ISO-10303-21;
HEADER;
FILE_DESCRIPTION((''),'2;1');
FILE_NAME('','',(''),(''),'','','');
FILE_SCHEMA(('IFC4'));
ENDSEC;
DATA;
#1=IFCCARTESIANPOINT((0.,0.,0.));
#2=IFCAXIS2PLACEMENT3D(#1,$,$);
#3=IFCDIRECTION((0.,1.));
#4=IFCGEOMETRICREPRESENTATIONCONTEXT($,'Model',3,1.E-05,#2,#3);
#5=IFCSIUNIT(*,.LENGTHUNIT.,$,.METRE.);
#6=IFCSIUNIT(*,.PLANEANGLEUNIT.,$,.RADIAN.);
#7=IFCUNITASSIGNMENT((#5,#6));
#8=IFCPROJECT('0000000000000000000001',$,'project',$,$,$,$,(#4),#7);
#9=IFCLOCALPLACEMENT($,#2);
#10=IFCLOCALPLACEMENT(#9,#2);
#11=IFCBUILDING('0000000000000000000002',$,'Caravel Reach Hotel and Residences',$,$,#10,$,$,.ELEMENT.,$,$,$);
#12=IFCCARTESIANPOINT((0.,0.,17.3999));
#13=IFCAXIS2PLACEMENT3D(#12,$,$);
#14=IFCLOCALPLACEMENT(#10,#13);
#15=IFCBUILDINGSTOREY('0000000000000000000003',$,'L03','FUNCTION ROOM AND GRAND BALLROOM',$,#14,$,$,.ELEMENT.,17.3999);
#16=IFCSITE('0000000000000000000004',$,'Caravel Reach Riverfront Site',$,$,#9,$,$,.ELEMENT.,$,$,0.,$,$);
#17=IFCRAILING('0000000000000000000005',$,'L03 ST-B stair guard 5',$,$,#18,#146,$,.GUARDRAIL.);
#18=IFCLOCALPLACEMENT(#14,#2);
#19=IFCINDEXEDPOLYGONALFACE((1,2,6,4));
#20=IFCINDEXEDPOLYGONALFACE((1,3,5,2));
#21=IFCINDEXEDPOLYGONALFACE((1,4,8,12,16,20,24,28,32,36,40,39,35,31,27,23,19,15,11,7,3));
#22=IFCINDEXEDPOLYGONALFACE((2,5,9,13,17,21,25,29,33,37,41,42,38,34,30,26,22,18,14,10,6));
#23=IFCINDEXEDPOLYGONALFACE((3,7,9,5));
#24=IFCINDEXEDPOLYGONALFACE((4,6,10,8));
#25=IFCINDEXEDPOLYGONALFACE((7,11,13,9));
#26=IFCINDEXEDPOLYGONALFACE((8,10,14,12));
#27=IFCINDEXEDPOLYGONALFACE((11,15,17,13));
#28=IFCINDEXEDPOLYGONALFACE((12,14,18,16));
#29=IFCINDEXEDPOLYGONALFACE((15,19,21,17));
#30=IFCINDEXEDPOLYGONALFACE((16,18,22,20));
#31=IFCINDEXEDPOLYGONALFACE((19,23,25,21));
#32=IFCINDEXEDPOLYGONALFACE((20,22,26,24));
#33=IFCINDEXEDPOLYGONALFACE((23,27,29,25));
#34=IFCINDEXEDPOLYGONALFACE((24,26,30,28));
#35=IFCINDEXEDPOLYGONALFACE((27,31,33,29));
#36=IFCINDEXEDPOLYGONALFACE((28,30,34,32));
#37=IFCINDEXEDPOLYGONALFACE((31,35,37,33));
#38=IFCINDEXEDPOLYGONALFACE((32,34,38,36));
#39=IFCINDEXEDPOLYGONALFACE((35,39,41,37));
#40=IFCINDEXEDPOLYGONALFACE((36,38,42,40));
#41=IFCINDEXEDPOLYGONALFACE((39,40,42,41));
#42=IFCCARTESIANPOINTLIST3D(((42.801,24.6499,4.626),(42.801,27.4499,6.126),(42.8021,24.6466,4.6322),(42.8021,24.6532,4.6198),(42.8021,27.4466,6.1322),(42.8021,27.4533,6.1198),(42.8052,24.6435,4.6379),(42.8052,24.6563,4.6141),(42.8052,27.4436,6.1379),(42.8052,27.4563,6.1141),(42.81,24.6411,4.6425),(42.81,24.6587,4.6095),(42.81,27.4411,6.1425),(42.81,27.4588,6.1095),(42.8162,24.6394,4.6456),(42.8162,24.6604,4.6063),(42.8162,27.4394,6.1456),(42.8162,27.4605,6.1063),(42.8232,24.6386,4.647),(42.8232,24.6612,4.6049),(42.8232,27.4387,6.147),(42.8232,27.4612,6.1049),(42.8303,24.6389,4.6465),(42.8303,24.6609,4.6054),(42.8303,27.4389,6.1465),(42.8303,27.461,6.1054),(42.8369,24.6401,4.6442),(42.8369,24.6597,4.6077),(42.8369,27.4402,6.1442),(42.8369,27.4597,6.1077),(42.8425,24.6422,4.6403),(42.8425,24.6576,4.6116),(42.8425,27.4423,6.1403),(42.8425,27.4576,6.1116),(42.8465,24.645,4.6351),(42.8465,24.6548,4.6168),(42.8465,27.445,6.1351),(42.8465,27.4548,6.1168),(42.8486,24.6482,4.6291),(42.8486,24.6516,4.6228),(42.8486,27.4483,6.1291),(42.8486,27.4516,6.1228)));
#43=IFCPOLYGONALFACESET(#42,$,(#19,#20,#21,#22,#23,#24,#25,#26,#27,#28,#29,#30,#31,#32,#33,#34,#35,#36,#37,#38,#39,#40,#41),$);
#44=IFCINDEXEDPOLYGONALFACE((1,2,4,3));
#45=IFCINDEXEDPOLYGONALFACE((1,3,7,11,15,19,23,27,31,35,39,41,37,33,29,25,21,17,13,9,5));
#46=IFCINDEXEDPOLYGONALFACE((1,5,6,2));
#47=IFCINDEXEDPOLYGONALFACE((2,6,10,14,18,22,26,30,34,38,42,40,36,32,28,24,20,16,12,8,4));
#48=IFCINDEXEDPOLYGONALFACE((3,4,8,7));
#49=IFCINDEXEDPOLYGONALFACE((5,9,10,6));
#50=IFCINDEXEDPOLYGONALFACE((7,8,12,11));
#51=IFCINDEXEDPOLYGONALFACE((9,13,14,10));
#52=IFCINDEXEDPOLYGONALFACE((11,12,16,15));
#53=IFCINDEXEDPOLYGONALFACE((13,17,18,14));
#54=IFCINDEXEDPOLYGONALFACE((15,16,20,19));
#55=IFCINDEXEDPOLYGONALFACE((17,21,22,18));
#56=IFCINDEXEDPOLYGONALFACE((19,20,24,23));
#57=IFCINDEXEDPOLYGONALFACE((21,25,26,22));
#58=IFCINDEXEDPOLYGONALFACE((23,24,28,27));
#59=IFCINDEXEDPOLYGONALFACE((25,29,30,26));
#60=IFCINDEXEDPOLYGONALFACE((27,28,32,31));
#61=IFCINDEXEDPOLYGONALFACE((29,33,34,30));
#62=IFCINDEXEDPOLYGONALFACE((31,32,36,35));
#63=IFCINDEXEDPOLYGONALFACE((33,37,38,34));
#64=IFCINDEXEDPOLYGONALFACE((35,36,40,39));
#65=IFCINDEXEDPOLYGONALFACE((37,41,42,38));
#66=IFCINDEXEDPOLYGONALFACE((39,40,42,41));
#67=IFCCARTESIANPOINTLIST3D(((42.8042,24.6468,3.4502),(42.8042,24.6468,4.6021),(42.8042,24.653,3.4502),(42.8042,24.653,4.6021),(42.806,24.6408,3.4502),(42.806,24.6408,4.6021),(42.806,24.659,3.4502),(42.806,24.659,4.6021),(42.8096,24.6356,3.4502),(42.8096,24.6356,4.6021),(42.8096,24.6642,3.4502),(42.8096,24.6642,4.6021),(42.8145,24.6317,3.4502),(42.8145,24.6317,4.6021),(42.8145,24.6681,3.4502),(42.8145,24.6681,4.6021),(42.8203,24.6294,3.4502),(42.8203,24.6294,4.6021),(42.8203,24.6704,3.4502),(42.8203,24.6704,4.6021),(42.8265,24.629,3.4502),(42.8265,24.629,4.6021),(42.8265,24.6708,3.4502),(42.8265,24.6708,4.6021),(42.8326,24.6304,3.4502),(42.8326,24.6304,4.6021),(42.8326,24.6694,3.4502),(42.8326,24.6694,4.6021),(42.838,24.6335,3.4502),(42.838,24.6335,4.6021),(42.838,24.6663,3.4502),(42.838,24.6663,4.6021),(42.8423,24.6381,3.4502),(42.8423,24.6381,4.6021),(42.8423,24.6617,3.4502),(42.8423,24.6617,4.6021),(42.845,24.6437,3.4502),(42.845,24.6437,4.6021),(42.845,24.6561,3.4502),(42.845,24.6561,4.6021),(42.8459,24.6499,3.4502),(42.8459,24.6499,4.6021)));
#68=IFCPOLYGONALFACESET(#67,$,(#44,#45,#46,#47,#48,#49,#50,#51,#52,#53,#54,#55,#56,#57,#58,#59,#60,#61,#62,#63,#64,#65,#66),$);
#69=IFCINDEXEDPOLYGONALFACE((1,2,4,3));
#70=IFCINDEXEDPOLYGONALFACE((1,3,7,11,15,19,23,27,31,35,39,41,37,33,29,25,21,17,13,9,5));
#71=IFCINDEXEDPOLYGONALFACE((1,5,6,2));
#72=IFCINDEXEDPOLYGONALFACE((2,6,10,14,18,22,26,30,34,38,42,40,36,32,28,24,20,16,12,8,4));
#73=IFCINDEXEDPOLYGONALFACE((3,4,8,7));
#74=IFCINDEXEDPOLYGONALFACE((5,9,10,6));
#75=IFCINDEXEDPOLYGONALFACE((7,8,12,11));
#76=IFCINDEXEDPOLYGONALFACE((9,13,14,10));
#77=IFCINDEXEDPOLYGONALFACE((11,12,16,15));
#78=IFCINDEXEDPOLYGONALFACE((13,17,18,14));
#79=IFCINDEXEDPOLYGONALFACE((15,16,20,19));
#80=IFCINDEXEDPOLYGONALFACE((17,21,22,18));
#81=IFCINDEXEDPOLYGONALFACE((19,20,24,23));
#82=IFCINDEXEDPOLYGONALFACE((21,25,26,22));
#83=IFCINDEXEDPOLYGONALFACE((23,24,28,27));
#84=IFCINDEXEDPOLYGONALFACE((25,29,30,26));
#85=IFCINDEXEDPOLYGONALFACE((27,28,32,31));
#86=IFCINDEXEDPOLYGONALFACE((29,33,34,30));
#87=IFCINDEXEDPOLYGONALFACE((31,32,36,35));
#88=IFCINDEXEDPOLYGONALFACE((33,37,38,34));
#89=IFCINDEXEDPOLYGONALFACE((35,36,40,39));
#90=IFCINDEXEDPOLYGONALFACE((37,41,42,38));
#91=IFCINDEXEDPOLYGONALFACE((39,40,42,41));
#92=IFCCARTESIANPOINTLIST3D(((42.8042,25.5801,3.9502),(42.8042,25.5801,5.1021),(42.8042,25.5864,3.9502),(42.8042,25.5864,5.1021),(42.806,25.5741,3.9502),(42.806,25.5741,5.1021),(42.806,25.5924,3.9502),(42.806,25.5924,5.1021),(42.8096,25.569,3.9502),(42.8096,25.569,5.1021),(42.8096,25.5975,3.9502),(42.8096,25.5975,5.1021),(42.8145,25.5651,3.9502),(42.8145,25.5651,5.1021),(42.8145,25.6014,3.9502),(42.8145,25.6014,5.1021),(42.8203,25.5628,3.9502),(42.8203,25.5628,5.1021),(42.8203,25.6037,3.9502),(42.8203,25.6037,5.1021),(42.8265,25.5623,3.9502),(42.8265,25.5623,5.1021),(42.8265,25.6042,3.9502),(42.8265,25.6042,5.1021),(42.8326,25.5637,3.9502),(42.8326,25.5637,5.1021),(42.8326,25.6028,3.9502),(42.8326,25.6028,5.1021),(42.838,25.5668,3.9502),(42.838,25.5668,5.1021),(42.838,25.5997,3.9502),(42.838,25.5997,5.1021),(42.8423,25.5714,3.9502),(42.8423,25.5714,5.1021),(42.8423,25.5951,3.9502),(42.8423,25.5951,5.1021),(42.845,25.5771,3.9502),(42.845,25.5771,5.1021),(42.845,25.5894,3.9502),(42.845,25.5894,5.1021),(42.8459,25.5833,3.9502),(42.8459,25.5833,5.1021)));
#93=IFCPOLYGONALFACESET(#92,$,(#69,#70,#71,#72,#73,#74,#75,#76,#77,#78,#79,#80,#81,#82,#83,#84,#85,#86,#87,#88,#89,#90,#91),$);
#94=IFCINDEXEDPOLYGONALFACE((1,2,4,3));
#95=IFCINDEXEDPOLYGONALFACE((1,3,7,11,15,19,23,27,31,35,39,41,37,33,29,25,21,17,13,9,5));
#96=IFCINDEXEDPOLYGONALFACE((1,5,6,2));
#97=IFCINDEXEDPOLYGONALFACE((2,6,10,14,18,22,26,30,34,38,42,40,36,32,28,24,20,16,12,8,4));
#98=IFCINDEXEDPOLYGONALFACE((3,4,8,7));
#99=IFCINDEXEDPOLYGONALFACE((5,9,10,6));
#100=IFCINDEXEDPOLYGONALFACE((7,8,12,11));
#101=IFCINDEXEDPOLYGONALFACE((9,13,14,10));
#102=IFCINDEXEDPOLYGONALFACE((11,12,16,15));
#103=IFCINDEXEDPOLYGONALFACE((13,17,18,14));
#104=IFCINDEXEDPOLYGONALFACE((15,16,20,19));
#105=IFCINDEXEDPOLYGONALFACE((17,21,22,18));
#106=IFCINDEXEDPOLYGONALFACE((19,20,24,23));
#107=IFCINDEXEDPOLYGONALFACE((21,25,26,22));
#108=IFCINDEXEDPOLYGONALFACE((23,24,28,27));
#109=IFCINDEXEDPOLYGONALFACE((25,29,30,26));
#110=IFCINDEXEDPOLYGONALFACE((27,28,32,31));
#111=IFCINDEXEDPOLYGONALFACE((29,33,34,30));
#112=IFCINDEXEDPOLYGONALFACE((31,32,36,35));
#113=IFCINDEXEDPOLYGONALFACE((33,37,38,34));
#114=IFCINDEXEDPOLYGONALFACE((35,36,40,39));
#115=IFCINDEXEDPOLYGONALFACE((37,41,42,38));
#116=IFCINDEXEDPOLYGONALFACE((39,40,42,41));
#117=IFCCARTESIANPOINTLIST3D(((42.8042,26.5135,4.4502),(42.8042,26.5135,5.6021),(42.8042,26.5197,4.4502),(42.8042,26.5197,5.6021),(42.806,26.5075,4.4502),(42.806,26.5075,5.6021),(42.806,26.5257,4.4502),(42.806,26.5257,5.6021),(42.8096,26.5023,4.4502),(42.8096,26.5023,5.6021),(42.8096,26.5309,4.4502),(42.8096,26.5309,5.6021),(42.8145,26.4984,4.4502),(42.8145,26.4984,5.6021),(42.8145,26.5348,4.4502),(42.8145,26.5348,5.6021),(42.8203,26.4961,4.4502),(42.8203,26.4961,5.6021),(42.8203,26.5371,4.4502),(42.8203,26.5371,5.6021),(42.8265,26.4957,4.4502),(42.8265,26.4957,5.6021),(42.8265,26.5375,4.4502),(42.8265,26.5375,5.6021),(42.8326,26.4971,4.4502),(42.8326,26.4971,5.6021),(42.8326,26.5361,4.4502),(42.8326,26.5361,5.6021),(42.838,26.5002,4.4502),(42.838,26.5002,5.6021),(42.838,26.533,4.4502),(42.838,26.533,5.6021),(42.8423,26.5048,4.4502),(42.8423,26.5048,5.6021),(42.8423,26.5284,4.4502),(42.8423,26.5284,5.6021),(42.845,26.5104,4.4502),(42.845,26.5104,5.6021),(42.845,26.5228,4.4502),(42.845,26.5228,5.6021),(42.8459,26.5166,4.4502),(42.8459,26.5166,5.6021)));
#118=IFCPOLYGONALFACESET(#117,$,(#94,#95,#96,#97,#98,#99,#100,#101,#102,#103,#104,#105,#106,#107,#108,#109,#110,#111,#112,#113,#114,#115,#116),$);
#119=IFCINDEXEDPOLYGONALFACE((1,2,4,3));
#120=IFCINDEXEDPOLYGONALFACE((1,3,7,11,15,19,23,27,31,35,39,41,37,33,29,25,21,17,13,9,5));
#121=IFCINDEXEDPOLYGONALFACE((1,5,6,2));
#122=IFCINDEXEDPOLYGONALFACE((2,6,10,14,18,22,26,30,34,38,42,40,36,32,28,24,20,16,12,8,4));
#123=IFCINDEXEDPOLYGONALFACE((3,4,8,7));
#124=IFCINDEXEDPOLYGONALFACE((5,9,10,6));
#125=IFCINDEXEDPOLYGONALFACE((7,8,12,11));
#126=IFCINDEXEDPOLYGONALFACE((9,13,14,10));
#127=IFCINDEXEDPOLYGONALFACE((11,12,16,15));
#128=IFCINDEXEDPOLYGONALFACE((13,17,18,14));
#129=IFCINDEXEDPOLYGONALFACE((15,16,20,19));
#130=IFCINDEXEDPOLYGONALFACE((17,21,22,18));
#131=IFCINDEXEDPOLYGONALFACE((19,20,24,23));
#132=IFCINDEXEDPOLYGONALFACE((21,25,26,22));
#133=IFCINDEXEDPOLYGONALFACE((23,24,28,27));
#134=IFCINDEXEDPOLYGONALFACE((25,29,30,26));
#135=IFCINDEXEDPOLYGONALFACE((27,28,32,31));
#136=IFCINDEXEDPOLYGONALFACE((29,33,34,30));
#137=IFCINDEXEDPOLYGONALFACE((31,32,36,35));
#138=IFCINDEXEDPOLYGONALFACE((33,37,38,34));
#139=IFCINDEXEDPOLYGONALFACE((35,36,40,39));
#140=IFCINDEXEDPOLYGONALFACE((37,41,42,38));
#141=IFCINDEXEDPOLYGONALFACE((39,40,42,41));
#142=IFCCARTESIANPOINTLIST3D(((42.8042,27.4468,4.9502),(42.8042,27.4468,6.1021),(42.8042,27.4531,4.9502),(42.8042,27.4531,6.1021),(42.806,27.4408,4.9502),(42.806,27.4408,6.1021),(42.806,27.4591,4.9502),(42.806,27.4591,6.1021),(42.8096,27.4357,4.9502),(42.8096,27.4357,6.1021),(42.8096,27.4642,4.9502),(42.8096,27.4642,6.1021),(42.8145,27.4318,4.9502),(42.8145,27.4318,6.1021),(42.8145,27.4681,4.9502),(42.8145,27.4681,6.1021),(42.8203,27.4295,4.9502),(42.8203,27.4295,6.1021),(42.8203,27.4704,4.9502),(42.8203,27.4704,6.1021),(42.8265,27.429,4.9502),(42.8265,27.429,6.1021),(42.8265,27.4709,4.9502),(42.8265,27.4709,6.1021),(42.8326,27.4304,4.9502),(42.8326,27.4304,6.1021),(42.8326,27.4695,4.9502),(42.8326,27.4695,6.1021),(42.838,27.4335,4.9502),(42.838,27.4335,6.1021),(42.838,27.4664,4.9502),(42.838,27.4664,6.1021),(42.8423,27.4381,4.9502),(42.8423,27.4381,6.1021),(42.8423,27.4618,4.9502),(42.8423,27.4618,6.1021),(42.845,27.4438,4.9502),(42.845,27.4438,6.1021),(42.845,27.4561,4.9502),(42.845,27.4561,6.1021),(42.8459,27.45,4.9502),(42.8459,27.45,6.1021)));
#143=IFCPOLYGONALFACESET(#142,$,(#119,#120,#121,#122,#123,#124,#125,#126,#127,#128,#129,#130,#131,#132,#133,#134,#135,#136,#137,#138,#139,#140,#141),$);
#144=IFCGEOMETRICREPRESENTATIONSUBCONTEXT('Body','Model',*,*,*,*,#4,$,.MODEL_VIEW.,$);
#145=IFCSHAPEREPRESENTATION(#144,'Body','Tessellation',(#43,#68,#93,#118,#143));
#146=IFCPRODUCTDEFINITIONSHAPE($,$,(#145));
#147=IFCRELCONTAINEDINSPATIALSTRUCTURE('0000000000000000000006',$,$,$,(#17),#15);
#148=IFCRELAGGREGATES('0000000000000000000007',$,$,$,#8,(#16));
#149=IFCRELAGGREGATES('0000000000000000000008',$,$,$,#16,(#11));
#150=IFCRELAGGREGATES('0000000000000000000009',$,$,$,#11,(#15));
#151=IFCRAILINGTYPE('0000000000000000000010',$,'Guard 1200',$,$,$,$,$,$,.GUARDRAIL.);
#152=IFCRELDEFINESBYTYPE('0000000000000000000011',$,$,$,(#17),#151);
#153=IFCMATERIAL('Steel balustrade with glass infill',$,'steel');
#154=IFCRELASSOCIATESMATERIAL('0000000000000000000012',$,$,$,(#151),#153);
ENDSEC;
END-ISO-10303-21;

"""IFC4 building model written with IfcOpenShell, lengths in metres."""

from ifc_helpers import new_model, si_unit, direction, frame, origin, origin_2d, place, context, subcontext, project, spatial, circle, extrude, material, type_object, element, save


model = new_model("IFC4")

# Units and contexts
model_context = context("Model", 3, precision=1e-05, world=origin(), true_north=direction((0.0, 1.0)))
body_context = subcontext(model_context, "Body", "Model", "MODEL_VIEW")
ifc_project = project(units=[si_unit("LENGTHUNIT", "METRE"), si_unit("PLANEANGLEUNIT", "RADIAN")], contexts=[model_context])

# Site, building, storey
site_placement = place(None, origin())
site = spatial("IfcSite", under=ifc_project, at=site_placement, Name="Caravel Reach Riverfront Site", CompositionType="ELEMENT", RefElevation=0.0)
building_placement = place(site_placement, origin())
building = spatial("IfcBuilding", under=site, at=building_placement, Name="Caravel Reach Hotel and Residences", CompositionType="ELEMENT")
storey_placement = place(building_placement, frame((0.0, 0.0, 17.3999)))
storey = spatial("IfcBuildingStorey", under=building, at=storey_placement, Name="L03", Description="FUNCTION ROOM AND GRAND BALLROOM", CompositionType="ELEMENT", Elevation=17.3999)

# Railing
ifc_material_1 = material(Name="Steel balustrade with glass infill", Category="steel")
railing_type_1 = type_object("IfcRailingType", Name="Guard 1200", PredefinedType="GUARDRAIL", material=ifc_material_1)
railing_1_placement = place(storey_placement, frame((42.825, 24.6499, 3.4502)))
element("IfcRailing", 1, at=railing_1_placement, inside=storey, type_object=railing_type_1, Name="L03 ST-B stair guard 5", PredefinedType="GUARDRAIL", context=body_context, shape_type="SweptSolid", body=[
    extrude(circle(Radius=0.0239, at=origin_2d()), frame((0.0, 0.0, 1.1758), z_axis=(0.0, 0.881483, 0.472215), x_axis=(-1.0, 0.0, 0.0)), (0.0, 0.0, 1.0), 3.1765),
    extrude(circle(Radius=0.021, at=origin_2d()), origin(), (0.0, 0.0, 1.0), 1.1519),
    extrude(circle(Radius=0.021, at=origin_2d()), frame((0.0, 0.9333, 0.5)), (0.0, 0.0, 1.0), 1.1519),
    extrude(circle(Radius=0.021, at=origin_2d()), frame((0.0, 1.8667, 1.0)), (0.0, 0.0, 1.0), 1.1519),
    extrude(circle(Radius=0.021, at=origin_2d()), frame((0.0, 2.8, 1.5)), (0.0, 0.0, 1.0), 1.1519),
])

save(model, "model.ifc")
